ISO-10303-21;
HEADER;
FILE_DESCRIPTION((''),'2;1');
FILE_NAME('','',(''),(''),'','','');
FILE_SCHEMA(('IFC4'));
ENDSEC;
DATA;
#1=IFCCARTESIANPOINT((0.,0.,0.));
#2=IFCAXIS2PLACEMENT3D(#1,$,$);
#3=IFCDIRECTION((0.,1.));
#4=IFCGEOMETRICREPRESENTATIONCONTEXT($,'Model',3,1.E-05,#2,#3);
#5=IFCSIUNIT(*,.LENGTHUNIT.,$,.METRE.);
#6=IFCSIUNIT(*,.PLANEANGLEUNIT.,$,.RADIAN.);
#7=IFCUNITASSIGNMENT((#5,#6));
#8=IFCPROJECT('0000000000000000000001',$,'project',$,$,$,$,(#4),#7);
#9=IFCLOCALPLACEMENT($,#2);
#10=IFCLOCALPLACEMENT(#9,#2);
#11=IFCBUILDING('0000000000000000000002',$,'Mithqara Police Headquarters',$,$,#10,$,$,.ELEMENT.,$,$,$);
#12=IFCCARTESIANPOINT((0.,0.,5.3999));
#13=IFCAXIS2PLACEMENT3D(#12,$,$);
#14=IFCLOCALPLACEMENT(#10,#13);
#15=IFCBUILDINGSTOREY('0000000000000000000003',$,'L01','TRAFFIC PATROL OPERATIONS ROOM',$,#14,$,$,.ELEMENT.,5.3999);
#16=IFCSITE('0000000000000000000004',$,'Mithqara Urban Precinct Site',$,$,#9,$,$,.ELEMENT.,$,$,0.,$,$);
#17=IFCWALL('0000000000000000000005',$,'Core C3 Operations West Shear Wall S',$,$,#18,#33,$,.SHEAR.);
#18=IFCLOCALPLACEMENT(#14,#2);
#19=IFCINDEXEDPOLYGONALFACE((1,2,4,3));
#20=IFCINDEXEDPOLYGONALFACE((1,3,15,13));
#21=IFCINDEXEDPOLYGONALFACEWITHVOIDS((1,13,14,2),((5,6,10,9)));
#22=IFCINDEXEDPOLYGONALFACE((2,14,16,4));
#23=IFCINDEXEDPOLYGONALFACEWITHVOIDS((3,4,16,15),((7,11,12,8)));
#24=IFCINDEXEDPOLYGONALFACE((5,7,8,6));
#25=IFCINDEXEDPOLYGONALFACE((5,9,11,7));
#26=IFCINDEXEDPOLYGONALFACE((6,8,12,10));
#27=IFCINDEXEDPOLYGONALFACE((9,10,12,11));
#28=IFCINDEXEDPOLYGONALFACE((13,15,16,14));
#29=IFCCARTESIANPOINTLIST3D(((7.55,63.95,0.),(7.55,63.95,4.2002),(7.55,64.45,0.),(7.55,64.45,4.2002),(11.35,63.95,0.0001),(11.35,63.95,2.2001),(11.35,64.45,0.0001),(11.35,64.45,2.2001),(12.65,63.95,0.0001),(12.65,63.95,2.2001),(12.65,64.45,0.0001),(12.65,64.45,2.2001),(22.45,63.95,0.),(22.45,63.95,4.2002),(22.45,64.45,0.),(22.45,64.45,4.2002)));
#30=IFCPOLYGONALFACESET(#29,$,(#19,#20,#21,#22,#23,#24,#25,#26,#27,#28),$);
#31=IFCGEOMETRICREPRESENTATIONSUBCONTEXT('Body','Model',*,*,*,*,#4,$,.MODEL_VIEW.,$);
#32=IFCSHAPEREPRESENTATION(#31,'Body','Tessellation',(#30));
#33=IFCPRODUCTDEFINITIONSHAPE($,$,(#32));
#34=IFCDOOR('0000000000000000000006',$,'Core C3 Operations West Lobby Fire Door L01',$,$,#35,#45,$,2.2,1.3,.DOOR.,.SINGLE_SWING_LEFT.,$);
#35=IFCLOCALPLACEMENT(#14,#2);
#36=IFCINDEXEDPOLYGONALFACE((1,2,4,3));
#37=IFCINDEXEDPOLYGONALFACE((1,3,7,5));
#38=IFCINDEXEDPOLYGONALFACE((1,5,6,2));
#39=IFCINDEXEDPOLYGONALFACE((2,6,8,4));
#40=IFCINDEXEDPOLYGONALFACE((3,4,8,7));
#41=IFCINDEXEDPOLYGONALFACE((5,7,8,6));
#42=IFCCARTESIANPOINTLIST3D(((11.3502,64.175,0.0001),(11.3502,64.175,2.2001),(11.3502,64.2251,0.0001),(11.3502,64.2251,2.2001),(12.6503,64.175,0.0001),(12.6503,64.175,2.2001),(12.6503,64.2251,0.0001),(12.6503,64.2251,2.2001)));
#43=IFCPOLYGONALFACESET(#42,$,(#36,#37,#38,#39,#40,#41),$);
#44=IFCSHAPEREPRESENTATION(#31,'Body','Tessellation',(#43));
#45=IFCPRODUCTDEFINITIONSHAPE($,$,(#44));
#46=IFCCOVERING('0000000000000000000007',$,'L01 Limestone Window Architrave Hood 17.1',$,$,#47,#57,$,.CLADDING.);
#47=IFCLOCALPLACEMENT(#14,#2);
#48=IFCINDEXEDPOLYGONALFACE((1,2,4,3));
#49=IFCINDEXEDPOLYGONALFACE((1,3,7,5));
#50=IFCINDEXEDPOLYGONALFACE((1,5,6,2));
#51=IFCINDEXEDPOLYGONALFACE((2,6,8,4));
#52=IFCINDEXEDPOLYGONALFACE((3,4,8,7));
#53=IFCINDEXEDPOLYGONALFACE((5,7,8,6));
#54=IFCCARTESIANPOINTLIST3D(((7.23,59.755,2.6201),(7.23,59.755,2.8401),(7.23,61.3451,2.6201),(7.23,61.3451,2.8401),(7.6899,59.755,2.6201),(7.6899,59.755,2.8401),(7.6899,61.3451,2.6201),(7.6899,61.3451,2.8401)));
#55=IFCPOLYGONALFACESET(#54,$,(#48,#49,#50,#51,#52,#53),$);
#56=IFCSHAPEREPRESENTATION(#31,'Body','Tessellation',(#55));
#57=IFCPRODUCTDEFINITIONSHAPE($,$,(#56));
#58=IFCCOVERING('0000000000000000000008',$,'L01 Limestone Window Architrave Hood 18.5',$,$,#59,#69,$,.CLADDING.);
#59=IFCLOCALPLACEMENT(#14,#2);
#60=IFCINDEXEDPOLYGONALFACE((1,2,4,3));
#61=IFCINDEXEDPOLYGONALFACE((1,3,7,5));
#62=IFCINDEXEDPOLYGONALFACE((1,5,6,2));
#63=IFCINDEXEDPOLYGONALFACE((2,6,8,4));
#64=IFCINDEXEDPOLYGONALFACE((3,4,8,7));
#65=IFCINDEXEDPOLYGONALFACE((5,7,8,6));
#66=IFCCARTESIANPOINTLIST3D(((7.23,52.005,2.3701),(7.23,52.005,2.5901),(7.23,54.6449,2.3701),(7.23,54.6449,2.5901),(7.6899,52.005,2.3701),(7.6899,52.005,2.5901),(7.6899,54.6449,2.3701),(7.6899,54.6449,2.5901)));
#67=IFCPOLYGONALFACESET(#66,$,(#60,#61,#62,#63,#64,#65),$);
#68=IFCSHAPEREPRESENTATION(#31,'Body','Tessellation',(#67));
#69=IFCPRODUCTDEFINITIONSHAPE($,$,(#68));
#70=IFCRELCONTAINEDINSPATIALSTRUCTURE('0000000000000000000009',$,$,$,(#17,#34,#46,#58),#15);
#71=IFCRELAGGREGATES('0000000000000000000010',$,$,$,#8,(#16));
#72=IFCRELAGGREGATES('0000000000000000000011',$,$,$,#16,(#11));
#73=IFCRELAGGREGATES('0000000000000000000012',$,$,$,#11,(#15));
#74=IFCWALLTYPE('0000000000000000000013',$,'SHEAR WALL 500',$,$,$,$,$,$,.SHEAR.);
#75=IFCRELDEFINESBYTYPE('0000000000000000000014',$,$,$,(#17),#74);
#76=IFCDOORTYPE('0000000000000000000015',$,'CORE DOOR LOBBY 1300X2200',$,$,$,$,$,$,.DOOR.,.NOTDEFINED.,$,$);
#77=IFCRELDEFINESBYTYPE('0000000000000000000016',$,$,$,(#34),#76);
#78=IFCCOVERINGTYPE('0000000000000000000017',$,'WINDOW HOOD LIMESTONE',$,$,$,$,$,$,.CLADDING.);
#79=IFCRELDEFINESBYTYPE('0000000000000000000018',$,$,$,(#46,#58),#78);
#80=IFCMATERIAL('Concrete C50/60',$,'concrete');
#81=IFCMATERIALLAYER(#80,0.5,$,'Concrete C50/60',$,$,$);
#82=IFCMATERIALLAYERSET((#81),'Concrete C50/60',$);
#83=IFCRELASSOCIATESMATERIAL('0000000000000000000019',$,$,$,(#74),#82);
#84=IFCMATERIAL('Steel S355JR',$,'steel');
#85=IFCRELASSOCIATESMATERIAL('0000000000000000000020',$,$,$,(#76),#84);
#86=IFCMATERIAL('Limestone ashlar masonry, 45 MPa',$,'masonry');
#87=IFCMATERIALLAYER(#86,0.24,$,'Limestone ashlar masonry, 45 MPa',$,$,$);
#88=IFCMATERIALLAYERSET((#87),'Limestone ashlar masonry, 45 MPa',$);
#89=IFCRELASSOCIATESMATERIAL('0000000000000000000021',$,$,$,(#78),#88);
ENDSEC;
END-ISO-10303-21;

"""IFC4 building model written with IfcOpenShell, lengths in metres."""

from ifc_helpers import new_model, si_unit, direction, frame, frame_2d, origin, origin_2d, place, context, subcontext, project, spatial, rectangle, extrude, material, layer, layer_set, type_object, element, fill, save


model = new_model("IFC4")

# Units and contexts
model_context = context("Model", 3, precision=1e-05, world=origin(), true_north=direction((0.0, 1.0)))
body_context = subcontext(model_context, "Body", "Model", "MODEL_VIEW")
ifc_project = project(units=[si_unit("LENGTHUNIT", "METRE"), si_unit("PLANEANGLEUNIT", "RADIAN")], contexts=[model_context])

# Site, building, storey
site_placement = place(None, origin())
site = spatial("IfcSite", under=ifc_project, at=site_placement, Name="Mithqara Urban Precinct Site", CompositionType="ELEMENT", RefElevation=0.0)
building_placement = place(site_placement, origin())
building = spatial("IfcBuilding", under=site, at=building_placement, Name="Mithqara Police Headquarters", CompositionType="ELEMENT")
storey_placement = place(building_placement, frame((0.0, 0.0, 5.3999)))
storey = spatial("IfcBuildingStorey", under=building, at=storey_placement, Name="L01", Description="TRAFFIC PATROL OPERATIONS ROOM", CompositionType="ELEMENT", Elevation=5.3999)

# Shared definitions
ifc_material_1 = material(Name="Concrete C50/60", Category="concrete")

# Shared definitions
ifc_material_2 = material(Name="Steel S355JR", Category="steel")

# Wall, opening, door
ifc_layer_1 = layer(ifc_material_1, 0.5, Name="Concrete C50/60")
ifc_layer_set_1 = layer_set([ifc_layer_1], Name="Concrete C50/60")
wall_type_1 = type_object("IfcWallType", Name="SHEAR WALL 500", PredefinedType="SHEAR", material=ifc_layer_set_1)
wall_1_placement = place(storey_placement, frame((7.55, 64.2, 0.0), z_axis=(0.0, 0.0, 1.0), x_axis=(1.0, 0.0, 0.0)))
wall_1 = element("IfcWall", 1, at=wall_1_placement, inside=storey, type_object=wall_type_1, Name="Core C3 Operations West Shear Wall S", PredefinedType="SHEAR", context=body_context, shape_type="SweptSolid", body=[
    extrude(rectangle(XDim=14.8999, YDim=0.5, at=frame_2d((7.45, 0.0))), origin(), (0.0, 0.0, 1.0), 4.2002),
])
opening_1_placement = place(wall_1_placement, frame((3.8, 0.0, 0.0)))
opening_1 = element("IfcOpeningElement", 2, at=opening_1_placement, cuts=wall_1, PredefinedType="OPENING", context=body_context, shape_type="SweptSolid", body=[
    extrude(rectangle(XDim=1.3, YDim=2.2, at=frame_2d((0.6499, 1.1001))), frame((0.0, 0.26, 0.0), z_axis=(0.0, -1.0, 0.0), x_axis=(1.0, 0.0, 0.0)), (0.0, 0.0, 1.0), 0.52),
])
door_type_1 = type_object("IfcDoorType", Name="CORE DOOR LOBBY 1300X2200", OperationType="NOTDEFINED", PredefinedType="DOOR", material=ifc_material_2)
door_1_placement = place(opening_1_placement, frame((1.3, 0.0, 0.0), z_axis=(0.0, 0.0, 1.0), x_axis=(-1.0, 0.0, 0.0)))
door_1 = element("IfcDoor", 3, at=door_1_placement, inside=storey, type_object=door_type_1, Name="Core C3 Operations West Lobby Fire Door L01", OperationType="SINGLE_SWING_LEFT", OverallHeight=2.2, OverallWidth=1.3, PredefinedType="DOOR", context=body_context, shape_type="SweptSolid", body=[
    extrude(rectangle(XDim=1.3, YDim=2.2, at=frame_2d((0.6499, 1.1001))), frame((0.0, 0.0249, 0.0), z_axis=(0.0, -1.0, 0.0), x_axis=(1.0, 0.0, 0.0)), (0.0, 0.0, 1.0), 0.05),
])
fill(opening_1, door_1)

# Coverings
ifc_material_3 = material(Name="Limestone ashlar masonry, 45 MPa", Category="masonry")
ifc_layer_2 = layer(ifc_material_3, 0.24, Name="Limestone ashlar masonry, 45 MPa")
ifc_layer_set_2 = layer_set([ifc_layer_2], Name="Limestone ashlar masonry, 45 MPa")
covering_type = type_object("IfcCoveringType", Name="WINDOW HOOD LIMESTONE", PredefinedType="CLADDING", material=ifc_layer_set_2)
covering_1_placement = place(storey_placement, frame((7.46, 60.55, 2.6201), z_axis=(0.0, 0.0, 1.0), x_axis=(0.0, 1.0, 0.0)))
element("IfcCovering", 4, at=covering_1_placement, inside=storey, type_object=covering_type, Name="L01 Limestone Window Architrave Hood 17.1", PredefinedType="CLADDING", context=body_context, shape_type="SweptSolid", body=[
    extrude(rectangle(XDim=1.5901, YDim=0.46, at=origin_2d()), origin(), (0.0, 0.0, 1.0), 0.22),
])
covering_2_placement = place(storey_placement, frame((7.46, 53.325, 2.3701), z_axis=(0.0, 0.0, 1.0), x_axis=(0.0, 1.0, 0.0)))
element("IfcCovering", 5, at=covering_2_placement, inside=storey, type_object=covering_type, Name="L01 Limestone Window Architrave Hood 18.5", PredefinedType="CLADDING", context=body_context, shape_type="SweptSolid", body=[
    extrude(rectangle(XDim=2.6399, YDim=0.46, at=origin_2d()), origin(), (0.0, 0.0, 1.0), 0.22),
])

save(model, "model.ifc")
